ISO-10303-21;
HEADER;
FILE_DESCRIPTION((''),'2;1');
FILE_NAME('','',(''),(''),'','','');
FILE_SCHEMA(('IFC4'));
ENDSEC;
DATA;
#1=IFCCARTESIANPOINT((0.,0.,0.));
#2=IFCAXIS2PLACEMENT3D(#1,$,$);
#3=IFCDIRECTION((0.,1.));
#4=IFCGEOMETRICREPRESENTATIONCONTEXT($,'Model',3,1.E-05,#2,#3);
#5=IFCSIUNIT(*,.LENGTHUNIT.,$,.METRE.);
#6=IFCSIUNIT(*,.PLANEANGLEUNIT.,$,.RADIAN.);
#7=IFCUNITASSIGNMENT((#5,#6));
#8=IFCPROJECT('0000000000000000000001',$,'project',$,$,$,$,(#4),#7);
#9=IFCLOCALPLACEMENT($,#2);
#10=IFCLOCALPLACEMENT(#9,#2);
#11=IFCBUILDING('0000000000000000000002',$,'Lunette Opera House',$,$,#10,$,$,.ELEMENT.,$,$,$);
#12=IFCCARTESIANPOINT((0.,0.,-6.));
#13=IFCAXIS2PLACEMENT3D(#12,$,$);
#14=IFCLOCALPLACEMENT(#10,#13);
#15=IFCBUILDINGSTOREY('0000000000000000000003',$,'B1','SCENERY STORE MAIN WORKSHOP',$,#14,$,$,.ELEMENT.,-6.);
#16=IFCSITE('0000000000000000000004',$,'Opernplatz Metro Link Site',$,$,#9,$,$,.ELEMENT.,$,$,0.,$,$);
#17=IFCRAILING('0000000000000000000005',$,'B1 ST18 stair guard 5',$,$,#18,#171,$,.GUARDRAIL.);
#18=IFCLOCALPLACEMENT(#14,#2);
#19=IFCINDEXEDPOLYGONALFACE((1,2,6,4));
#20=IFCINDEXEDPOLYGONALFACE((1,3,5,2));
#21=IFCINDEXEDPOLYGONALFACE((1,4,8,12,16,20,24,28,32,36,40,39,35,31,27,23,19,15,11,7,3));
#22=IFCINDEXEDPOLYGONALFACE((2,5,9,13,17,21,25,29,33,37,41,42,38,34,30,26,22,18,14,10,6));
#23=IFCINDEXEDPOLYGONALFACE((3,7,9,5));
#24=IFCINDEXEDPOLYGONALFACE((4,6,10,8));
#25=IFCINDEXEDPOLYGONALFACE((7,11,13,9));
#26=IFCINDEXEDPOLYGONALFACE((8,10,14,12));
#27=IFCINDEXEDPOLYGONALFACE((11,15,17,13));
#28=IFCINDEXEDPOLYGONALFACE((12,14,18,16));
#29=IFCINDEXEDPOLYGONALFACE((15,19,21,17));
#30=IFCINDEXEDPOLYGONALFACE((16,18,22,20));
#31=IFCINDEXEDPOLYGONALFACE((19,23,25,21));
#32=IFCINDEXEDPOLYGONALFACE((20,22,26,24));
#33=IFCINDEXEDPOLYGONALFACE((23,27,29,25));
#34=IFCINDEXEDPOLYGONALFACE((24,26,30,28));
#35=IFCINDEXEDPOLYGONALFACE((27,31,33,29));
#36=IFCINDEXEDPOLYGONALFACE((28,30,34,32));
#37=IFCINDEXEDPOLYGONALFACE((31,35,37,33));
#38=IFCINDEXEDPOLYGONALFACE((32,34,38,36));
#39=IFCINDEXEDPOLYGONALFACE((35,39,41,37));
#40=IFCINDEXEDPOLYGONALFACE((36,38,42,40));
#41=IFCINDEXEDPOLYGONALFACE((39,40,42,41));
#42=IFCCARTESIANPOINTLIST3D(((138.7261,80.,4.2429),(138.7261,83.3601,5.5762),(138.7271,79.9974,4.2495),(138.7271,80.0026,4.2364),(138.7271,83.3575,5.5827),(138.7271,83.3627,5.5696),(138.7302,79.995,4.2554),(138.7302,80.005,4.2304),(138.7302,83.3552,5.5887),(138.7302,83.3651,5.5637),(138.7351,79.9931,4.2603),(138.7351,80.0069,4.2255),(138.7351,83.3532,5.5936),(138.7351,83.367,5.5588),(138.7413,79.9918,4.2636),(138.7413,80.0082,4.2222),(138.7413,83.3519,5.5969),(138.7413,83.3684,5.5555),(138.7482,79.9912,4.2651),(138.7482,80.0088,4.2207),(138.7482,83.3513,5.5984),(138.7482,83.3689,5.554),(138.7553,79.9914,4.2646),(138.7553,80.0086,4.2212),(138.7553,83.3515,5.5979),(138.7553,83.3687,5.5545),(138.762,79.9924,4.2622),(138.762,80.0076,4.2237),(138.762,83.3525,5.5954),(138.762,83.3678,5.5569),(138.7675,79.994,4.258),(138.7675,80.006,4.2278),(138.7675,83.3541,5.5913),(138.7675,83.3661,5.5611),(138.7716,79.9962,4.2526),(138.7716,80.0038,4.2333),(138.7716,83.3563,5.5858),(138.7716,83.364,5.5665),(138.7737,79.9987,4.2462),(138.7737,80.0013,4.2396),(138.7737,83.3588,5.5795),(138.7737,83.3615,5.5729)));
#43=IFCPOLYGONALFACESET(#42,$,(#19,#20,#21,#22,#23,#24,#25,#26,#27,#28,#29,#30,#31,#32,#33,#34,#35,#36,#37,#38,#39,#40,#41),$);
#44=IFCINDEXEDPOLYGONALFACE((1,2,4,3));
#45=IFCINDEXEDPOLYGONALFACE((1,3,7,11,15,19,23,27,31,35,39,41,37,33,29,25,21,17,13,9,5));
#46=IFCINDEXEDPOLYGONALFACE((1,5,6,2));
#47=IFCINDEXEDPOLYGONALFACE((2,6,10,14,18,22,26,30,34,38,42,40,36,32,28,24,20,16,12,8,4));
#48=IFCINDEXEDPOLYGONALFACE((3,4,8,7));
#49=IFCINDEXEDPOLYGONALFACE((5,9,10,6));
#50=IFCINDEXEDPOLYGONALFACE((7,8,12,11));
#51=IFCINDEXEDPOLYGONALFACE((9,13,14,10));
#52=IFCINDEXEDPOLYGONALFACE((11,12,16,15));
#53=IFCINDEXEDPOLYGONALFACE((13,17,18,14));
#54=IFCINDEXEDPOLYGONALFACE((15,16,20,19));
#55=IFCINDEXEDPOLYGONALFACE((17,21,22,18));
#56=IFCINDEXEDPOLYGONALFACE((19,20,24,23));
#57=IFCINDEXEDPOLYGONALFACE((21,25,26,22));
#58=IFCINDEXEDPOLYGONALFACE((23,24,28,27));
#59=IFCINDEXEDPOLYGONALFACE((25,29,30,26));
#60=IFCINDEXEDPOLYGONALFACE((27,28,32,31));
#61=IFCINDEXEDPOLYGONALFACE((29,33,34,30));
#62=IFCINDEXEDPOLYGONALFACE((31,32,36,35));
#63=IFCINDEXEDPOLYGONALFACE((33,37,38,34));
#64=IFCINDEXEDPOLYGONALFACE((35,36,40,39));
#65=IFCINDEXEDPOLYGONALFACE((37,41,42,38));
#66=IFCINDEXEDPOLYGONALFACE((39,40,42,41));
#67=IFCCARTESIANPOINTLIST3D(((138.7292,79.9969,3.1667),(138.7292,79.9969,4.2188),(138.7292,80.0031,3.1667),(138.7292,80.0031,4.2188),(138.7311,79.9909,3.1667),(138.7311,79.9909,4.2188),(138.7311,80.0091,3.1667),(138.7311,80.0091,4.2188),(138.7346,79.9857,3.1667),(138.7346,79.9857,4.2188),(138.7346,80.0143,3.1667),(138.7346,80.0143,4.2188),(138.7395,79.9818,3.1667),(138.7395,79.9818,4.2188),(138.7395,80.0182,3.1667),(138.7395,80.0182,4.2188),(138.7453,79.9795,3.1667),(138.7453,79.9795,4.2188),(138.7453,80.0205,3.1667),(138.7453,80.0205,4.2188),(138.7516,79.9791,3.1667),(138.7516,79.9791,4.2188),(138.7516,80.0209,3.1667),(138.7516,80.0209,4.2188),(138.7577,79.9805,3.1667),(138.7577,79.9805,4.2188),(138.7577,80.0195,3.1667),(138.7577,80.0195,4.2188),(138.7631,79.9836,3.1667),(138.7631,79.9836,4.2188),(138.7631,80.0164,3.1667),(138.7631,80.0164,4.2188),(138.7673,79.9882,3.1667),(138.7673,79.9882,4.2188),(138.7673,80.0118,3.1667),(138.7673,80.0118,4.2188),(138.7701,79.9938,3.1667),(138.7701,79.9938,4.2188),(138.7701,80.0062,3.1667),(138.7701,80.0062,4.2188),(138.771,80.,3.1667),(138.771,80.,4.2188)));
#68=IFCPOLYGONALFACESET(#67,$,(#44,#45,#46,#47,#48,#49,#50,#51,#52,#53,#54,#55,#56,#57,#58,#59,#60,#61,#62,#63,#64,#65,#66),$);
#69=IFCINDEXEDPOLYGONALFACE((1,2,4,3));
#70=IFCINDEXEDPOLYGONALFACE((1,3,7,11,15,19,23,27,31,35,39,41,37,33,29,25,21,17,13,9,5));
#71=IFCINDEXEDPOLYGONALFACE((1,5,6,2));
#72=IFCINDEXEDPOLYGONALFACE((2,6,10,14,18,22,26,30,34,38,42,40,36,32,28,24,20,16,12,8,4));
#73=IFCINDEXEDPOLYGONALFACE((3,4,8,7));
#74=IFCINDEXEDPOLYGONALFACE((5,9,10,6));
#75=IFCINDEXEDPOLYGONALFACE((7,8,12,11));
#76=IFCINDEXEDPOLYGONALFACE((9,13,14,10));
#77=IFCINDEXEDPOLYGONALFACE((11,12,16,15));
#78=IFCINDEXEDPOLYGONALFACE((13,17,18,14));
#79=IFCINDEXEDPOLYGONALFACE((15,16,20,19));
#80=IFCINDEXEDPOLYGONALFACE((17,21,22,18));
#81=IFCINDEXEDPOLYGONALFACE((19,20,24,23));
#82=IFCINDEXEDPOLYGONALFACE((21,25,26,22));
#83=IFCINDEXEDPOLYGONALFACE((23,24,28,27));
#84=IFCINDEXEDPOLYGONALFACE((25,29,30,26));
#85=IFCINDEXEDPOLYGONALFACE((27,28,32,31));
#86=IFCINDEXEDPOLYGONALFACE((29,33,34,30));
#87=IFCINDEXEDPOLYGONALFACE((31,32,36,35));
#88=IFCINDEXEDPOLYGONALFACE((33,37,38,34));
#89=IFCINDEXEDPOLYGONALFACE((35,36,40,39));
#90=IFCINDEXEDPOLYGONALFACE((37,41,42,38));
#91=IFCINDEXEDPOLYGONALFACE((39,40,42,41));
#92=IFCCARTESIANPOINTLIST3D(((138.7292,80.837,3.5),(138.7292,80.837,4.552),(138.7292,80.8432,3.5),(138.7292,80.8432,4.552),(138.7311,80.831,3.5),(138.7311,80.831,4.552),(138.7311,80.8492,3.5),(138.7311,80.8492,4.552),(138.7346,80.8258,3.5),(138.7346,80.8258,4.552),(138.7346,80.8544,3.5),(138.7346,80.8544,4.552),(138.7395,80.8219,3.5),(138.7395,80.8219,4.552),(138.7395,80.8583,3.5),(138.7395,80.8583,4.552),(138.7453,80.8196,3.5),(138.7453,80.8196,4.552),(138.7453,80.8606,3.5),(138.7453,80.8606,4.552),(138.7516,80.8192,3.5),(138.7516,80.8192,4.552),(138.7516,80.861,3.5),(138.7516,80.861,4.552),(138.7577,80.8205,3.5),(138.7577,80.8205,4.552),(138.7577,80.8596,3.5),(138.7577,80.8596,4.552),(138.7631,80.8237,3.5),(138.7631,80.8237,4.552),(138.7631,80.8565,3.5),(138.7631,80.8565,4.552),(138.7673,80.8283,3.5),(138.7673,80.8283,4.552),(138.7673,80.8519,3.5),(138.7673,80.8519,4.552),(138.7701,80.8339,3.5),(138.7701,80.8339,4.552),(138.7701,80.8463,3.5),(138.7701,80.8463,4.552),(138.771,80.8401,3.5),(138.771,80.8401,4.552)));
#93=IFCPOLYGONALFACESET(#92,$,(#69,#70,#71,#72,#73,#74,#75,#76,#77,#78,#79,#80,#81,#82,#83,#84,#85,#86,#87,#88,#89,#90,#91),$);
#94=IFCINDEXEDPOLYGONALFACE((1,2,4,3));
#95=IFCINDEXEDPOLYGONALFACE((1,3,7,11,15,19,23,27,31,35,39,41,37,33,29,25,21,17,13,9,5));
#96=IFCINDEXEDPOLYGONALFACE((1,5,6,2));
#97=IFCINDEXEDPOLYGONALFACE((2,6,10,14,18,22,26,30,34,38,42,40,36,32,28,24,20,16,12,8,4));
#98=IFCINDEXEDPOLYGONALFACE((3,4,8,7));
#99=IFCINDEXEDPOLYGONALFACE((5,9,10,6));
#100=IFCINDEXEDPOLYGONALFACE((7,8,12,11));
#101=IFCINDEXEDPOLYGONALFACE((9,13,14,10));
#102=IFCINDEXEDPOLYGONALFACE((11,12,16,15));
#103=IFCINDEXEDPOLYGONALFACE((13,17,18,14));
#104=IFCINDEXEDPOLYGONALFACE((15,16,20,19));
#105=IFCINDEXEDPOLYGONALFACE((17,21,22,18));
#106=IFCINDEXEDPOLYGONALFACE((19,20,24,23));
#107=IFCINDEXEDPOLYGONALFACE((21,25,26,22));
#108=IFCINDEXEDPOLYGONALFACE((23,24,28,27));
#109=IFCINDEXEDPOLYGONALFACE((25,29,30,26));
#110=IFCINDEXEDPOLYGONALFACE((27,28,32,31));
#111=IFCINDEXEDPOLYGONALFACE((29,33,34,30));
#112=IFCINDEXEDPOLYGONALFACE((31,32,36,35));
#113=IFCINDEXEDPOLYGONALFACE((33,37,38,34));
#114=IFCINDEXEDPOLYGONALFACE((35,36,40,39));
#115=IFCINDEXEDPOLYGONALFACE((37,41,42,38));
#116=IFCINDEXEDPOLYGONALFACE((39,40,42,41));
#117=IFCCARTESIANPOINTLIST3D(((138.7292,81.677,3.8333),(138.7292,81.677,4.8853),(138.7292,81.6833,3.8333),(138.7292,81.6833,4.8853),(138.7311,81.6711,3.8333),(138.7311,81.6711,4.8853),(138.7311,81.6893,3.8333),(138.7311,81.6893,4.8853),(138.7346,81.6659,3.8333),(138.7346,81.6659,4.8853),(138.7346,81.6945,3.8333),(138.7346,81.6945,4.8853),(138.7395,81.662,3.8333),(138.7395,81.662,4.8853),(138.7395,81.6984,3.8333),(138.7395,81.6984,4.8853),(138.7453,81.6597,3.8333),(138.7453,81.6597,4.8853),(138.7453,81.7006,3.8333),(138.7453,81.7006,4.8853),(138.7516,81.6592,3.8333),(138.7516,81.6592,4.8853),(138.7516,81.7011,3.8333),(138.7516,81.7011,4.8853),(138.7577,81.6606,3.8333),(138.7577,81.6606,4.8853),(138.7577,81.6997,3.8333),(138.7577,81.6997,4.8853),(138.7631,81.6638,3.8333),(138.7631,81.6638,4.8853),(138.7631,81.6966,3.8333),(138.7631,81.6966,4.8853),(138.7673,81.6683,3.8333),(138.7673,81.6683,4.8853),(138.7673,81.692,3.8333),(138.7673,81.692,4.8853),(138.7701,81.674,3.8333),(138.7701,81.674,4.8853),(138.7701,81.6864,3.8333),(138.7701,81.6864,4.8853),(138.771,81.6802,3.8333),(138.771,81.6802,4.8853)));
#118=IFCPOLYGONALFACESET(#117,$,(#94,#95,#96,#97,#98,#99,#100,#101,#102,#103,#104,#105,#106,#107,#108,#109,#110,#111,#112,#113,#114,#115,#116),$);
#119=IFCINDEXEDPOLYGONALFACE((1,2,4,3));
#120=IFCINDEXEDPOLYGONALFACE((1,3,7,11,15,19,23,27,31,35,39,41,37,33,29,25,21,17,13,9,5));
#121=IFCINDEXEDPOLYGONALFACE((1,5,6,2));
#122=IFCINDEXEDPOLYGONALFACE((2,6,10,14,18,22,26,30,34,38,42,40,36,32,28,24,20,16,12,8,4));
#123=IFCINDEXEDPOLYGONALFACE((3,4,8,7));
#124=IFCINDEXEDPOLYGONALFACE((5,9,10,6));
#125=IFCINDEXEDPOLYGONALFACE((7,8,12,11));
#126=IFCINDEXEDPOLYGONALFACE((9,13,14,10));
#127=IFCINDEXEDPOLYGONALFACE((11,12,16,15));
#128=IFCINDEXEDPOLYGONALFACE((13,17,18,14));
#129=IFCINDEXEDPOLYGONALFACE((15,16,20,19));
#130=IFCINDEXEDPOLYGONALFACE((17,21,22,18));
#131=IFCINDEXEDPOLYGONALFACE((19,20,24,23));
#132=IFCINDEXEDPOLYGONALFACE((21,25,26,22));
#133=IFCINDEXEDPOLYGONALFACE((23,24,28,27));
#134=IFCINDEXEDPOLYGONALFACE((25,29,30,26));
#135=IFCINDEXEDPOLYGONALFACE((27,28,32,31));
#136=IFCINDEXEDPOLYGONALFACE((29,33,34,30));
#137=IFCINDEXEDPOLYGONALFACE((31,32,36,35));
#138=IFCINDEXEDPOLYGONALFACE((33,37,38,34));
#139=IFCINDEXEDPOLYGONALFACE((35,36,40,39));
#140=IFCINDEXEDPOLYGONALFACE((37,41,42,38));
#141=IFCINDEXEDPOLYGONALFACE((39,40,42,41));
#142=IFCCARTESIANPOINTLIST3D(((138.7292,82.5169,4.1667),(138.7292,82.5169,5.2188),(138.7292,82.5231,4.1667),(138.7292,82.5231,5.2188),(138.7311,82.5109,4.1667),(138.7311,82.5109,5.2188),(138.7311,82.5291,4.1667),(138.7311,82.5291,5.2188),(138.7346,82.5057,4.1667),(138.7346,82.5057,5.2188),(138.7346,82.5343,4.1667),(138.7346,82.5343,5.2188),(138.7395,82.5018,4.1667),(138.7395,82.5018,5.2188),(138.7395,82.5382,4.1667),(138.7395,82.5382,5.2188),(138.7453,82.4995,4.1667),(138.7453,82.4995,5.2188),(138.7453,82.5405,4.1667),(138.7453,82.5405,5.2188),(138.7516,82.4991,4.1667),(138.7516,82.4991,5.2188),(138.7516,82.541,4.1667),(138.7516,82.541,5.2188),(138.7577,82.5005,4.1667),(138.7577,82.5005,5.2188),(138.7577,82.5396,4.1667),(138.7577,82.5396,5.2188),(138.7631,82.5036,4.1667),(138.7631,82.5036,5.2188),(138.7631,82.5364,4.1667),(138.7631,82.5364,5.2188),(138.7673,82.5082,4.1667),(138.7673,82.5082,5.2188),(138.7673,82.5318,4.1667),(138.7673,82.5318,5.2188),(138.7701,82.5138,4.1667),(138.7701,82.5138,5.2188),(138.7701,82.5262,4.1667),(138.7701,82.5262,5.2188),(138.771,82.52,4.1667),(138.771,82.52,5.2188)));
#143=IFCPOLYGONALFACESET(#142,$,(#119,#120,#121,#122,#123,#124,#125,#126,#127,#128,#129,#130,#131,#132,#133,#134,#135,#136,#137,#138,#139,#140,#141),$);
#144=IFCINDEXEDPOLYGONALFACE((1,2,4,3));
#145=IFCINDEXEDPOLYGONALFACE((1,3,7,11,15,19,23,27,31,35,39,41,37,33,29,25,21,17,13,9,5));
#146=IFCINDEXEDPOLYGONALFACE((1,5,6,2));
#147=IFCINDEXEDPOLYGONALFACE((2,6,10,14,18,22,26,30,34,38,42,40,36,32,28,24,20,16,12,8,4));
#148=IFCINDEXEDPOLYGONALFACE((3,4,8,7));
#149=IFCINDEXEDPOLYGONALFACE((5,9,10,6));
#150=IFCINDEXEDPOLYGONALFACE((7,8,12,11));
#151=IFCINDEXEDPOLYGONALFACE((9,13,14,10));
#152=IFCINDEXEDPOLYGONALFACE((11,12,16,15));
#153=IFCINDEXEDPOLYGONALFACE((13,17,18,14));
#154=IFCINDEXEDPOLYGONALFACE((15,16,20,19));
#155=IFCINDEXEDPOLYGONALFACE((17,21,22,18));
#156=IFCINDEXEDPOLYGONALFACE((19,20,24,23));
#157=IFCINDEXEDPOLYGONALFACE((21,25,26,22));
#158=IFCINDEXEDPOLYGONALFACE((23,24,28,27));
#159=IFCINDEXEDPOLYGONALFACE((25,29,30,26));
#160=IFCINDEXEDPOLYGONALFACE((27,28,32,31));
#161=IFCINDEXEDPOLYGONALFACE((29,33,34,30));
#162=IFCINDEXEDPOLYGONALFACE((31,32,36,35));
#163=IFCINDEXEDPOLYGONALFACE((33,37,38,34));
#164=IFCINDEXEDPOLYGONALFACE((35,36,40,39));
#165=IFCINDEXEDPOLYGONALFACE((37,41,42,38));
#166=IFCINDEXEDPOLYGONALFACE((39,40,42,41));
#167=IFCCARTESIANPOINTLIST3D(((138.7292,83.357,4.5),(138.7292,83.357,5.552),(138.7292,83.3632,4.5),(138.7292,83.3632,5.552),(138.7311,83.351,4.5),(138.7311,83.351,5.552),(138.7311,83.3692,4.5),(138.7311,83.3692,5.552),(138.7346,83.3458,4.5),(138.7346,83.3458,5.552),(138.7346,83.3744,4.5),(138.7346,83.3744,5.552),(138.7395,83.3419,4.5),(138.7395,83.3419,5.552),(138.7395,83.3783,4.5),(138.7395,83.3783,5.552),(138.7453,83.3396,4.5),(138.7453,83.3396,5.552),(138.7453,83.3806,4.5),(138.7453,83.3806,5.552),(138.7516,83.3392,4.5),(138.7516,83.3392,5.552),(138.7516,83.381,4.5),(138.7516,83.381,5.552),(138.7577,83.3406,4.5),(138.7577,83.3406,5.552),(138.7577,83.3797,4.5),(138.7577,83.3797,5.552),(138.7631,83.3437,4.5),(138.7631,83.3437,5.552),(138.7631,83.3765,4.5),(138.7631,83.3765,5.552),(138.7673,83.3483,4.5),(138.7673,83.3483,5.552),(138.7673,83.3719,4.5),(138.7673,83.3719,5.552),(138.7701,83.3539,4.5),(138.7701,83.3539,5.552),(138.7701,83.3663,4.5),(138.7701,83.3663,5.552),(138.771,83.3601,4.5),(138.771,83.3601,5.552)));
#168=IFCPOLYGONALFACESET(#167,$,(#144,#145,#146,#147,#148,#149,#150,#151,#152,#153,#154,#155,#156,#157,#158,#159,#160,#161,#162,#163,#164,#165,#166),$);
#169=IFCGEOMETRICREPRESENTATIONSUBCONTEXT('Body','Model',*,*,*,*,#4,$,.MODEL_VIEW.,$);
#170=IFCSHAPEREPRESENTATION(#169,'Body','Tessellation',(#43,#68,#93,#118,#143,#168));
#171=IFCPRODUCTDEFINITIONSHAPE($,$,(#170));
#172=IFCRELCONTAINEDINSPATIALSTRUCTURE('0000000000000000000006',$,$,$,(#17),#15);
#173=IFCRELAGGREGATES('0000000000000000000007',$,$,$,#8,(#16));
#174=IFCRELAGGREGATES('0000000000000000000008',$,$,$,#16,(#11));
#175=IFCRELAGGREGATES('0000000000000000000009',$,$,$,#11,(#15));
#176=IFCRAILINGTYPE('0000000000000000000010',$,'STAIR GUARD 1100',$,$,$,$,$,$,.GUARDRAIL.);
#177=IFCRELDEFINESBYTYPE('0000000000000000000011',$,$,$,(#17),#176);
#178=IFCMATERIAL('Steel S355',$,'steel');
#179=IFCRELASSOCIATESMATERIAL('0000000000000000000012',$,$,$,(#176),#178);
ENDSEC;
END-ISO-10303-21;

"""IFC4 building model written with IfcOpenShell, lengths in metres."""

from ifc_helpers import new_model, si_unit, direction, frame, origin, origin_2d, place, context, subcontext, project, spatial, circle, extrude, material, type_object, element, save


model = new_model("IFC4")

# Units and contexts
model_context = context("Model", 3, precision=1e-05, world=origin(), true_north=direction((0.0, 1.0)))
body_context = subcontext(model_context, "Body", "Model", "MODEL_VIEW")
ifc_project = project(units=[si_unit("LENGTHUNIT", "METRE"), si_unit("PLANEANGLEUNIT", "RADIAN")], contexts=[model_context])

# Site, building, storey
site_placement = place(None, origin())
site = spatial("IfcSite", under=ifc_project, at=site_placement, Name="Opernplatz Metro Link Site", CompositionType="ELEMENT", RefElevation=0.0)
building_placement = place(site_placement, origin())
building = spatial("IfcBuilding", under=site, at=building_placement, Name="Lunette Opera House", CompositionType="ELEMENT")
storey_placement = place(building_placement, frame((0.0, 0.0, -6.0)))
storey = spatial("IfcBuildingStorey", under=building, at=storey_placement, Name="B1", Description="SCENERY STORE MAIN WORKSHOP", CompositionType="ELEMENT", Elevation=-6.0)

# Railing
ifc_material_1 = material(Name="Steel S355", Category="steel")
railing_type_1 = type_object("IfcRailingType", Name="STAIR GUARD 1100", PredefinedType="GUARDRAIL", material=ifc_material_1)
railing_1_placement = place(storey_placement, frame((138.75, 80.0, 3.1667)))
element("IfcRailing", 1, at=railing_1_placement, inside=storey, type_object=railing_type_1, Name="B1 ST18 stair guard 5", PredefinedType="GUARDRAIL", context=body_context, shape_type="SweptSolid", body=[
    extrude(circle(Radius=0.0239, at=origin_2d()), frame((0.0, 0.0, 1.0762), z_axis=(0.0, 0.929502, 0.368816), x_axis=(-1.0, 0.0, 0.0)), (0.0, 0.0, 1.0), 3.615),
    extrude(circle(Radius=0.021, at=origin_2d()), origin(), (0.0, 0.0, 1.0), 1.052),
    extrude(circle(Radius=0.021, at=origin_2d()), frame((0.0, 0.8401, 0.3333)), (0.0, 0.0, 1.0), 1.052),
    extrude(circle(Radius=0.021, at=origin_2d()), frame((0.0, 1.6802, 0.6665)), (0.0, 0.0, 1.0), 1.052),
    extrude(circle(Radius=0.021, at=origin_2d()), frame((0.0, 2.52, 1.0)), (0.0, 0.0, 1.0), 1.052),
    extrude(circle(Radius=0.021, at=origin_2d()), frame((0.0, 3.3601, 1.3333)), (0.0, 0.0, 1.0), 1.052),
])

save(model, "model.ifc")
